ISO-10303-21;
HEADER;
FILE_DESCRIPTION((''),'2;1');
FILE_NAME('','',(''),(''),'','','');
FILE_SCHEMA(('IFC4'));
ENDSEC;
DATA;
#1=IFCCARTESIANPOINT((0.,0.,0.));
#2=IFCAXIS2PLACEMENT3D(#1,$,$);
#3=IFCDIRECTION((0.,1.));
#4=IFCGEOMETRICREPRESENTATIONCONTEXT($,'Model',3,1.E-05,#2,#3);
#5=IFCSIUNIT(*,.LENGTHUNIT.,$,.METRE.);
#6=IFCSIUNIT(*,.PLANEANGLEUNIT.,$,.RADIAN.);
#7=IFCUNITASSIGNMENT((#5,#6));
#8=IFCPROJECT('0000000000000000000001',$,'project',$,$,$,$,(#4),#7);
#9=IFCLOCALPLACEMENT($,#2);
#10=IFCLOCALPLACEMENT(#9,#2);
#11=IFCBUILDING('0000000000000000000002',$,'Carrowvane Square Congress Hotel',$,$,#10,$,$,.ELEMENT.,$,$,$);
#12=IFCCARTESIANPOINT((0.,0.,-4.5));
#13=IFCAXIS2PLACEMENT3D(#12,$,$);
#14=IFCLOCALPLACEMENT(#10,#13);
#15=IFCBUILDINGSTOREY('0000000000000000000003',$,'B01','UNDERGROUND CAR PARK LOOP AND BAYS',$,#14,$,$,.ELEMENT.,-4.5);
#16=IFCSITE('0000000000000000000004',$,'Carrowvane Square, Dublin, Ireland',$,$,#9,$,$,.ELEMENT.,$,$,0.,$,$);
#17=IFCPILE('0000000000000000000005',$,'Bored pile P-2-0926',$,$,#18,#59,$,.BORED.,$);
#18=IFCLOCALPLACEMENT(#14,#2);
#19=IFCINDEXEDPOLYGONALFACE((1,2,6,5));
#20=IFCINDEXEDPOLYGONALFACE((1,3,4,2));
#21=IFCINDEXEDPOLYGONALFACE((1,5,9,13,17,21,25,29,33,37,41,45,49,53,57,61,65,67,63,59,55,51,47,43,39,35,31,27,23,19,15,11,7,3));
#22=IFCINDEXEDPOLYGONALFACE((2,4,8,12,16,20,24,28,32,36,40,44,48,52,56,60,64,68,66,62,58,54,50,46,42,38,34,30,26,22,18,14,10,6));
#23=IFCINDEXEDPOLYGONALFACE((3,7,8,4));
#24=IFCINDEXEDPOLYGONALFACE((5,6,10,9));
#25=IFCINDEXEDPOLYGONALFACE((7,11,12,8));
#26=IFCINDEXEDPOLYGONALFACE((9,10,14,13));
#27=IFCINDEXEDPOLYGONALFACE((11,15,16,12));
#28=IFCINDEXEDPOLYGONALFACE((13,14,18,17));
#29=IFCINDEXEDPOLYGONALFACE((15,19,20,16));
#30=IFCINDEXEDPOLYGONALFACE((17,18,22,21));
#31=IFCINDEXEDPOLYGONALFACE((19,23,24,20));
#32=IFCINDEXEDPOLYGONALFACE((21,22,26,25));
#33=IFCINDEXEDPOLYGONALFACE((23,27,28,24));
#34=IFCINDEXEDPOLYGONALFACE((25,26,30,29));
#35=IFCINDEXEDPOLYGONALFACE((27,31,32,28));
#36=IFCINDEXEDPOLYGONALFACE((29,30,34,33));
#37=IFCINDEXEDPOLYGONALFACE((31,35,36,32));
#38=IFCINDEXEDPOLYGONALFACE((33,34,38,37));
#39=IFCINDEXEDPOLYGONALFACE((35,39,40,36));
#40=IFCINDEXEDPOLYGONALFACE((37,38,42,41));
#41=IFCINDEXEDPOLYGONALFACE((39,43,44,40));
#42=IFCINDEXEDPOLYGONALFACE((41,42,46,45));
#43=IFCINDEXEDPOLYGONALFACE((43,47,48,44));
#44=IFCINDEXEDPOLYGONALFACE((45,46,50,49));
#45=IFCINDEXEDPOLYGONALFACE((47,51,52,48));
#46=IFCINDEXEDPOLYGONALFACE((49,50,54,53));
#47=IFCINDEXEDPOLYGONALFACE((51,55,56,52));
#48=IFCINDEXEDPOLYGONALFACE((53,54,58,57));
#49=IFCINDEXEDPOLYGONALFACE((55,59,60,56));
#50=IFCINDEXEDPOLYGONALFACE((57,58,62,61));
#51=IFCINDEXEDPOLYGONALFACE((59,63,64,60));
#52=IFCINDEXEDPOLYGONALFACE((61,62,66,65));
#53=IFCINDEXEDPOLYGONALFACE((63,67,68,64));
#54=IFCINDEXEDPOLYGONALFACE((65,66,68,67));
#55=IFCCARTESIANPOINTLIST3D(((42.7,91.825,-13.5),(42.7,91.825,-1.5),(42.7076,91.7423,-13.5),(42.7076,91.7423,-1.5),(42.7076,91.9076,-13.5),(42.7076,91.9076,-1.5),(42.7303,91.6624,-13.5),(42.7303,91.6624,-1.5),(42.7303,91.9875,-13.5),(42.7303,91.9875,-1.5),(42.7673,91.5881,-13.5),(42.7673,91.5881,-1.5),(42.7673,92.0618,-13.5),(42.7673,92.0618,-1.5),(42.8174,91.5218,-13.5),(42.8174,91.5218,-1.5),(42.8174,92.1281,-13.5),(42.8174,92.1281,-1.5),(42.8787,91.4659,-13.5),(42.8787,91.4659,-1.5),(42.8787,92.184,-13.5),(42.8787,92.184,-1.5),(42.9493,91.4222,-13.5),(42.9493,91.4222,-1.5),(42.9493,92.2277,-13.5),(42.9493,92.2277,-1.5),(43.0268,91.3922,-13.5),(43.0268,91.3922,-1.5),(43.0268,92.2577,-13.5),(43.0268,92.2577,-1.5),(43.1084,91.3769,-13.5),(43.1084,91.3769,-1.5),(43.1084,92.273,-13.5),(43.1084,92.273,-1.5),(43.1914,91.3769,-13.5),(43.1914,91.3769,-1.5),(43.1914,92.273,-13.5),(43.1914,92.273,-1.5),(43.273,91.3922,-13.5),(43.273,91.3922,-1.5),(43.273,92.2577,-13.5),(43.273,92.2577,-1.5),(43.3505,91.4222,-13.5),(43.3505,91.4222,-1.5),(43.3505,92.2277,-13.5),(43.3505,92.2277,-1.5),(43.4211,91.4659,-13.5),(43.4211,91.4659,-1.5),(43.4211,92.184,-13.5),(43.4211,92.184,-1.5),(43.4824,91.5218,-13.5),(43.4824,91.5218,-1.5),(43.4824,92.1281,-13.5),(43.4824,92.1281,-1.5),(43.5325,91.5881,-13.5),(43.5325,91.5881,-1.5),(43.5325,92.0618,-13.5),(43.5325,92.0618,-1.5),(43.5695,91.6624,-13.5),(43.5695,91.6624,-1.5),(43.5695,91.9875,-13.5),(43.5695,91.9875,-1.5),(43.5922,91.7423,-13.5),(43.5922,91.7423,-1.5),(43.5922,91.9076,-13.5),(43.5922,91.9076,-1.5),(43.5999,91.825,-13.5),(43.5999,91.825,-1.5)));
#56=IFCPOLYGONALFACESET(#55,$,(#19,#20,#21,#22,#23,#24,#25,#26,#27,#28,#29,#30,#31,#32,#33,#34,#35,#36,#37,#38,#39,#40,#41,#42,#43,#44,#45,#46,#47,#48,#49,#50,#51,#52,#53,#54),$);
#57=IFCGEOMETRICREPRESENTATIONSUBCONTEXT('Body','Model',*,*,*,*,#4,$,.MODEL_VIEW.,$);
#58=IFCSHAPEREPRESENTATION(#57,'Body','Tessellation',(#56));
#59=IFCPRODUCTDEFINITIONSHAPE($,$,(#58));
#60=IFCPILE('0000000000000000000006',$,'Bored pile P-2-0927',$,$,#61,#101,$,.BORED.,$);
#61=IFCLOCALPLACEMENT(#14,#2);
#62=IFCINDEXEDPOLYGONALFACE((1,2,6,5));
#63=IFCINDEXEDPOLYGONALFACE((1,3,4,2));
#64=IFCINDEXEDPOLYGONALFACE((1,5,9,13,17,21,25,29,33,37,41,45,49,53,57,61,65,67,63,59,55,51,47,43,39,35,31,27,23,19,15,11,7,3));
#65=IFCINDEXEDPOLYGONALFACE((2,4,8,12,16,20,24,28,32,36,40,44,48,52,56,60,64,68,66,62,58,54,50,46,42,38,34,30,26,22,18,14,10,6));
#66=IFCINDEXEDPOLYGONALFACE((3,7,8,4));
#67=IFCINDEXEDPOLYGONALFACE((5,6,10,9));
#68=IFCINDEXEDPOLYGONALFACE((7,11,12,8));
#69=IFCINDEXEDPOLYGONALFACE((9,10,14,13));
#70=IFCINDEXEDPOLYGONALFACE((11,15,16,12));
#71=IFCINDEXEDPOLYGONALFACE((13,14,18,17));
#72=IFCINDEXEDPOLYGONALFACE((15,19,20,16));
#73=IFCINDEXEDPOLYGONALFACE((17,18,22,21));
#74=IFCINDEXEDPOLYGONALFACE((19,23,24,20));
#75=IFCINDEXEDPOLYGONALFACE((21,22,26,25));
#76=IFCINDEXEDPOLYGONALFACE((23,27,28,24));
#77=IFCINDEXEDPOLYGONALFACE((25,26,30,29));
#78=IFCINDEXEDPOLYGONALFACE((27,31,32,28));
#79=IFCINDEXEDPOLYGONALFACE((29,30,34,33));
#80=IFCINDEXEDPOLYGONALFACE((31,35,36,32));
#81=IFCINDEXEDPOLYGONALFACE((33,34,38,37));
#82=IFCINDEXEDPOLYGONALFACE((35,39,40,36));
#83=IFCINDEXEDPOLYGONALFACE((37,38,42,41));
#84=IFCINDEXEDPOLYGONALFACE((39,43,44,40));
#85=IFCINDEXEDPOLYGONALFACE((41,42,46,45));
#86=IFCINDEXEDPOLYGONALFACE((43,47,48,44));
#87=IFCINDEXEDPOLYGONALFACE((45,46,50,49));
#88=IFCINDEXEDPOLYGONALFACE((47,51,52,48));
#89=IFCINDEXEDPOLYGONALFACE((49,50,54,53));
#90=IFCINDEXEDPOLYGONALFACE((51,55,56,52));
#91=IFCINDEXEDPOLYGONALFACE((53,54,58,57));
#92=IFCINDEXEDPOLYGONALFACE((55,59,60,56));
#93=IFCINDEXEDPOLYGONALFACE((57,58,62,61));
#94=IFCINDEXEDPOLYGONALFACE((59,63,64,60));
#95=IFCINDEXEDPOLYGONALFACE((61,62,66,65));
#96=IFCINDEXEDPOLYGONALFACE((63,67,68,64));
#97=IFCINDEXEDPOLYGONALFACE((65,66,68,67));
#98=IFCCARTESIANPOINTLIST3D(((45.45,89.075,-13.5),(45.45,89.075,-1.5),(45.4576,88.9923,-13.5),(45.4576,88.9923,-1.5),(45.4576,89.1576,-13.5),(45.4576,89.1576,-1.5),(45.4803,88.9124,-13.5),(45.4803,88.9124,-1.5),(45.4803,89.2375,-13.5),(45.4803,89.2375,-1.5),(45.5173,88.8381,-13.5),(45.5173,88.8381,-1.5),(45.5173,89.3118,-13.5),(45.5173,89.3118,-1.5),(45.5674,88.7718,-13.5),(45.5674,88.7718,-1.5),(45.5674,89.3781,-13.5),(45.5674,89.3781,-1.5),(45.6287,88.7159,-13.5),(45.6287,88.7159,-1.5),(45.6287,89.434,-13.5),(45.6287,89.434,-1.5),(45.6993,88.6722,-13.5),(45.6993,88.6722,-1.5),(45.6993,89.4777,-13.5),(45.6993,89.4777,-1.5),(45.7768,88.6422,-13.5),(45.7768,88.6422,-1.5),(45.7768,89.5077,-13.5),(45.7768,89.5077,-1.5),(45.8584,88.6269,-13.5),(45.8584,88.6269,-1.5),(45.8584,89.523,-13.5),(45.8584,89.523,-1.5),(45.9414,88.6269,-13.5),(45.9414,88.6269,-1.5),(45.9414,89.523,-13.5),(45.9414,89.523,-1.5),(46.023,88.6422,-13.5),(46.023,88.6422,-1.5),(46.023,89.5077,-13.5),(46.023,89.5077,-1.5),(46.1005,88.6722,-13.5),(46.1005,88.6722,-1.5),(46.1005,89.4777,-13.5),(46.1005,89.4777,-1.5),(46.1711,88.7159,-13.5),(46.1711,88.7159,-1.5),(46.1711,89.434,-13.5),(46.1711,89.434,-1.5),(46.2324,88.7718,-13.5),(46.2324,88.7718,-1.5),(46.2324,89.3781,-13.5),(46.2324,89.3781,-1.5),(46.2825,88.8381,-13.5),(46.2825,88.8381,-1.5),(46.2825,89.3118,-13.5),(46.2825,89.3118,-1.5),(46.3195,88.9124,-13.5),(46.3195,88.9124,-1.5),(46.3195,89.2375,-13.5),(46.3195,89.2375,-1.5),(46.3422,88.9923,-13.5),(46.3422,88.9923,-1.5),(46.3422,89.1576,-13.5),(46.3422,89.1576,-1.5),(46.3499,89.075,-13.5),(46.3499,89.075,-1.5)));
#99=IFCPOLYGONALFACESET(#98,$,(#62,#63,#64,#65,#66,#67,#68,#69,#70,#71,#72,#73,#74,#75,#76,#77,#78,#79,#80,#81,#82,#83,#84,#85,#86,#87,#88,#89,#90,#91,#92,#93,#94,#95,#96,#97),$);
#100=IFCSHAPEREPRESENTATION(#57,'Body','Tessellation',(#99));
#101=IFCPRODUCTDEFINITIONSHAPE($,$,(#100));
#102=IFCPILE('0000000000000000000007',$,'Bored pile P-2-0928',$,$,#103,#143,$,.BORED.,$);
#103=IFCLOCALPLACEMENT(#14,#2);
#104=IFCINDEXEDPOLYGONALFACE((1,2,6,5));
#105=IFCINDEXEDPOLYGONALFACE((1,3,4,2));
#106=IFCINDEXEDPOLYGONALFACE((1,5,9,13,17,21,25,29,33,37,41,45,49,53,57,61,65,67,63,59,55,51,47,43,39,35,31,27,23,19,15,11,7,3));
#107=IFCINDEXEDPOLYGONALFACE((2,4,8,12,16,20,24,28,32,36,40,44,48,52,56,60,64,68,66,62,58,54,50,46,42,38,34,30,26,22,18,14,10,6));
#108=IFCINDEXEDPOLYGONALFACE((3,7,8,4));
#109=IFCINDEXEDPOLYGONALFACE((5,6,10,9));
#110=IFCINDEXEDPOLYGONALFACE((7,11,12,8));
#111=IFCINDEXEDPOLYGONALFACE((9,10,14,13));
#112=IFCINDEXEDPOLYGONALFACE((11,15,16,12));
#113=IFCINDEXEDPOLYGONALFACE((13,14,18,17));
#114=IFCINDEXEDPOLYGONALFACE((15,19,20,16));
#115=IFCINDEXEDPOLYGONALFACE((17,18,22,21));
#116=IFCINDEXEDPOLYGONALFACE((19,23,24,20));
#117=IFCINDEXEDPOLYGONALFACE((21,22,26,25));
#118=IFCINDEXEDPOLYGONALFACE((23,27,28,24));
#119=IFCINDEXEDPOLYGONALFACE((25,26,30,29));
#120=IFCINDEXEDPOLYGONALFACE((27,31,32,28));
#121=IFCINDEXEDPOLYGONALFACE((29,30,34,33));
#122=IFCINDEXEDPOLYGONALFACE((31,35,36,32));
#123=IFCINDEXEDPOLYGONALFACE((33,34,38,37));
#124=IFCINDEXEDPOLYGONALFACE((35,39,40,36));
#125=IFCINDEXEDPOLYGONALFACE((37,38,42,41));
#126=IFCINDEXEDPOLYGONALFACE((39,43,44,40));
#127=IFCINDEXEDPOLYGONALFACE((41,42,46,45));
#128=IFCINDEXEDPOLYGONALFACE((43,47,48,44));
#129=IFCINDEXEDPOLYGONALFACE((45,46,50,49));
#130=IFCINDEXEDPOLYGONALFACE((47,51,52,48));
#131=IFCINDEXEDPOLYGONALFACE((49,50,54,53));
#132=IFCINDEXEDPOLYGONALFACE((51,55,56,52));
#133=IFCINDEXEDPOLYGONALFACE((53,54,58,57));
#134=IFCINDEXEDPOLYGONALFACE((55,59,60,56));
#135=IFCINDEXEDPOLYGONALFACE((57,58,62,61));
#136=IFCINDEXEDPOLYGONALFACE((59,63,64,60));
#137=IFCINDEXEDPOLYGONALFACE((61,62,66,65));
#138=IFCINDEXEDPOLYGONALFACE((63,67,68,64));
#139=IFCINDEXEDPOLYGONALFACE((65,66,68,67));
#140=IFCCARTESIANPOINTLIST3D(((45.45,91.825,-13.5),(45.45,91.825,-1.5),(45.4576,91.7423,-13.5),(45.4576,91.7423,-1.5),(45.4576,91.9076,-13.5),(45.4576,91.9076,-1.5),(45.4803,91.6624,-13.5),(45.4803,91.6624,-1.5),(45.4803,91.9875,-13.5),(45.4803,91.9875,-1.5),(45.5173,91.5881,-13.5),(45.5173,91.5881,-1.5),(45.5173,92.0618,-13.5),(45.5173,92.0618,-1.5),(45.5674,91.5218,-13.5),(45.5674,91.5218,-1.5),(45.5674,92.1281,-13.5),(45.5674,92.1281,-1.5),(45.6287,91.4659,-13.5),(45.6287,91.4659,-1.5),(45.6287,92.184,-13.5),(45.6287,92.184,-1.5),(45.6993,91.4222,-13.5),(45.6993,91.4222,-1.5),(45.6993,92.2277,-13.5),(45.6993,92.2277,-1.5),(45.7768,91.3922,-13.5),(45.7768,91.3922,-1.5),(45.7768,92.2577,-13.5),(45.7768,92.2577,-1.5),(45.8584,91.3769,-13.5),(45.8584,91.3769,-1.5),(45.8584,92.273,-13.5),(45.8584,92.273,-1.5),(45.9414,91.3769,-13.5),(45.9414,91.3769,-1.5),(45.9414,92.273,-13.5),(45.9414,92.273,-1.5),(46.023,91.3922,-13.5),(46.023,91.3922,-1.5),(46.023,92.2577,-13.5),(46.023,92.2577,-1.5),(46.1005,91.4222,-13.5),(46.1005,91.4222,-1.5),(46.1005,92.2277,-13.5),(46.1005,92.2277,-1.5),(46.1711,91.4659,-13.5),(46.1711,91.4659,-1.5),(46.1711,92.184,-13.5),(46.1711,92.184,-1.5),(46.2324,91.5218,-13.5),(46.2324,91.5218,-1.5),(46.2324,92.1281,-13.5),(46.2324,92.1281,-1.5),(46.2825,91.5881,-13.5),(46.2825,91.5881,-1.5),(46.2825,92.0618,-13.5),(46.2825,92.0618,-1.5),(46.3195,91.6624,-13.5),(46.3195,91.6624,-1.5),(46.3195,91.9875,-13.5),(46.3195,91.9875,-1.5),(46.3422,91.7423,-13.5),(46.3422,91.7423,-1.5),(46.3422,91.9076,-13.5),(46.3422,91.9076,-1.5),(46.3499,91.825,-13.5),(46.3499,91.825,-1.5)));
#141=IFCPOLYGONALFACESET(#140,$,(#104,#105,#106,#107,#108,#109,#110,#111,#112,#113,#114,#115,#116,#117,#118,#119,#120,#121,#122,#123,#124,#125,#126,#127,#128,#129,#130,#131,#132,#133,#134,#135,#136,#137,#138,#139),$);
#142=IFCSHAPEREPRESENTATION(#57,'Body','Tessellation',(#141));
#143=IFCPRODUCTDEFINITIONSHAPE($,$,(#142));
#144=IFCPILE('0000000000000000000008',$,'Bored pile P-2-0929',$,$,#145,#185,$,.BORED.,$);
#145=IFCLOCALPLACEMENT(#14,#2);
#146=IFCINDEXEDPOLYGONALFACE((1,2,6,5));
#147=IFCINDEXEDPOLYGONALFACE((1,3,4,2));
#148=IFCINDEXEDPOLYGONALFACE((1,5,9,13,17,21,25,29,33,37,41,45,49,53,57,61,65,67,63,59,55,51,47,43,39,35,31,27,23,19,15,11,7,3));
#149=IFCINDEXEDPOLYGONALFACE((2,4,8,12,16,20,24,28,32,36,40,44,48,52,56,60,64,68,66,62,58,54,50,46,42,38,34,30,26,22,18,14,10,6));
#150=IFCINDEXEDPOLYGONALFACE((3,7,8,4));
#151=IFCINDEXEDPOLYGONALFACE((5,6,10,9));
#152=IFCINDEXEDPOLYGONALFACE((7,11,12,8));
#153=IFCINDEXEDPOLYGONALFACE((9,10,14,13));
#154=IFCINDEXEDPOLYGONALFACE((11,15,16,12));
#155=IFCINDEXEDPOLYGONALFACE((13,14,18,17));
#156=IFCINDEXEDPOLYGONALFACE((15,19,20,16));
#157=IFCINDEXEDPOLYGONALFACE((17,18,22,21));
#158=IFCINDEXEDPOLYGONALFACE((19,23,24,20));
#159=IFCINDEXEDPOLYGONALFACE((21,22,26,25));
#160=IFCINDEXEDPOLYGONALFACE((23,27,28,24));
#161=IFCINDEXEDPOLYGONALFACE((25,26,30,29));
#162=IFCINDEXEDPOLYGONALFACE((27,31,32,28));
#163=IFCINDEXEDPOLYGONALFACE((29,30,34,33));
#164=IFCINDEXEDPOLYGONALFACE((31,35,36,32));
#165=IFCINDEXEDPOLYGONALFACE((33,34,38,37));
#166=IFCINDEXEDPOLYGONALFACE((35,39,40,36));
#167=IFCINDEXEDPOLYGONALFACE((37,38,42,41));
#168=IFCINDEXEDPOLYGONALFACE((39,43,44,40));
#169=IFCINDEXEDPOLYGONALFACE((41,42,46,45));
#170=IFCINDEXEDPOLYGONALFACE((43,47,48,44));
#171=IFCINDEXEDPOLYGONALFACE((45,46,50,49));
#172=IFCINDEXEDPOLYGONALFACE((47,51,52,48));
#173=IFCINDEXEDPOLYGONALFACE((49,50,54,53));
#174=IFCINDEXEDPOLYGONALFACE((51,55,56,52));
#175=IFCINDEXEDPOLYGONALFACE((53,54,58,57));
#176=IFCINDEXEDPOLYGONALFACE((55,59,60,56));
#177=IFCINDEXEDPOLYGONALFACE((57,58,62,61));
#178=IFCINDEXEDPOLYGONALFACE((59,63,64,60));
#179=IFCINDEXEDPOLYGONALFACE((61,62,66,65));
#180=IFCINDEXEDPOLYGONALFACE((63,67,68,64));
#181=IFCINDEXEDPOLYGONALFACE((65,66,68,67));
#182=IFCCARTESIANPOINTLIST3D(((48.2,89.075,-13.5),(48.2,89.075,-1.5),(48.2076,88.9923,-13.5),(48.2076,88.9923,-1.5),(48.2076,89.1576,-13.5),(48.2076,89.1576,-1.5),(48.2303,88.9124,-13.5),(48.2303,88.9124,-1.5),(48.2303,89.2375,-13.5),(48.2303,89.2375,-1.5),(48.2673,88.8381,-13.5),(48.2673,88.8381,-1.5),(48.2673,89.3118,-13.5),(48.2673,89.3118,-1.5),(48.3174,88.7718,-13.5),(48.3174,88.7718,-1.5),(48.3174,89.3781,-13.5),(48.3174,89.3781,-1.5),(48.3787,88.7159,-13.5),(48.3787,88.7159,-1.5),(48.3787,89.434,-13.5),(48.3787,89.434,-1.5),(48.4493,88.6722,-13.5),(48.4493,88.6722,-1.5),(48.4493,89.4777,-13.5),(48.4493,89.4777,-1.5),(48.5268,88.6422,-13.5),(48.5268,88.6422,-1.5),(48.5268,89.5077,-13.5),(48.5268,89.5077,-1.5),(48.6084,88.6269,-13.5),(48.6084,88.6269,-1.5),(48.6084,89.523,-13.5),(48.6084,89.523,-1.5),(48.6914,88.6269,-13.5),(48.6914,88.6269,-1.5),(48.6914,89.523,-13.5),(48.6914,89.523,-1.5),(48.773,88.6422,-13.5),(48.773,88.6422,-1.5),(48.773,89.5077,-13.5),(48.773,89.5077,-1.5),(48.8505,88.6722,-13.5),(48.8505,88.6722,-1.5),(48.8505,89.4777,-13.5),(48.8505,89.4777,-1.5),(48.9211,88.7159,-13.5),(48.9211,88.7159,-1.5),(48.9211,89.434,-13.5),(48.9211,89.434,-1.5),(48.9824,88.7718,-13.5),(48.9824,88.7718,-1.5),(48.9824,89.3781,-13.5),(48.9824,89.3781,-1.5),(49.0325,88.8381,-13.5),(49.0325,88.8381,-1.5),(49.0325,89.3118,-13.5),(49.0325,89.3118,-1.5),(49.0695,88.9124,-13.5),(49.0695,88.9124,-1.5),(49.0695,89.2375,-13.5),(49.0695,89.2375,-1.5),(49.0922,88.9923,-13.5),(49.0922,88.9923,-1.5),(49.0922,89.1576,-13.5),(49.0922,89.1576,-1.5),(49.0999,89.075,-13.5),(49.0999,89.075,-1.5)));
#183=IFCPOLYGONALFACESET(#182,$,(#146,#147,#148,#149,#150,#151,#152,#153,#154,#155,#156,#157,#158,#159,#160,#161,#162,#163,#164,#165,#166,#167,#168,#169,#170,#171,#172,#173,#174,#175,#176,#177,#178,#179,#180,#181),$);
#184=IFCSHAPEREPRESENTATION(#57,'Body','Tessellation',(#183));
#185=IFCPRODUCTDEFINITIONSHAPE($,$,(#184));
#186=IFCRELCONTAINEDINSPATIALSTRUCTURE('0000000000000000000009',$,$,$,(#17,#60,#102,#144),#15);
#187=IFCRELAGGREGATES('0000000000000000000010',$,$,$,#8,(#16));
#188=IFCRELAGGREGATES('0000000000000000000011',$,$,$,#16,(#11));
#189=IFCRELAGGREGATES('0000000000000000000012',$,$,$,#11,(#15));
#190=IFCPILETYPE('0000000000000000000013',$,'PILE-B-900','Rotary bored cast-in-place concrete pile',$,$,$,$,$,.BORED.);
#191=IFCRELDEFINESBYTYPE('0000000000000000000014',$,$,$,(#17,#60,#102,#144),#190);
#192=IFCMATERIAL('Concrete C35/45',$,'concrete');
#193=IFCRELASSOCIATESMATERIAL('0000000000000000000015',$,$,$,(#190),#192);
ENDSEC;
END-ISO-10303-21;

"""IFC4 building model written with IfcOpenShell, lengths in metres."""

from ifc_helpers import new_model, si_unit, direction, frame, origin, origin_2d, place, context, subcontext, project, spatial, circle, extrude, material, material_profile, profile_set, type_object, element, save


model = new_model("IFC4")

# Units and contexts
model_context = context("Model", 3, precision=1e-05, world=origin(), true_north=direction((0.0, 1.0)))
body_context = subcontext(model_context, "Body", "Model", "MODEL_VIEW")
ifc_project = project(units=[si_unit("LENGTHUNIT", "METRE"), si_unit("PLANEANGLEUNIT", "RADIAN")], contexts=[model_context])

# Site, building, storey
site_placement = place(None, origin())
site = spatial("IfcSite", under=ifc_project, at=site_placement, Name="Carrowvane Square, Dublin, Ireland", CompositionType="ELEMENT", RefElevation=0.0)
building_placement = place(site_placement, origin())
building = spatial("IfcBuilding", under=site, at=building_placement, Name="Carrowvane Square Congress Hotel", CompositionType="ELEMENT")
storey_placement = place(building_placement, frame((0.0, 0.0, -4.5)))
storey = spatial("IfcBuildingStorey", under=building, at=storey_placement, Name="B01", Description="UNDERGROUND CAR PARK LOOP AND BAYS", CompositionType="ELEMENT", Elevation=-4.5)

# Piles
ifc_material_1 = material(Name="Concrete C35/45", Category="concrete")
ifc_material_profile_1 = material_profile(ifc_material_1, circle(Radius=0.45, at=origin_2d()), Name="PILE D900")
ifc_profile_set_1 = profile_set([ifc_material_profile_1], Name="Concrete C35/45")
pile_type_1 = type_object("IfcPileType", Name="PILE-B-900", Description="Rotary bored cast-in-place concrete pile", PredefinedType="BORED", material=ifc_profile_set_1)
for number, where, z_axis, x_axis, name in (
    (1, (43.1499, 91.825, -1.5), (0.0, 0.0, -1.0), (1.0, 0.0, 0.0), "Bored pile P-2-0926"),
    (2, (45.8999, 89.075, -1.5), (0.0, 0.0, -1.0), (1.0, 0.0, 0.0), "Bored pile P-2-0927"),
    (3, (45.8999, 91.825, -1.5), (0.0, 0.0, -1.0), (1.0, 0.0, 0.0), "Bored pile P-2-0928"),
    (4, (48.6499, 89.075, -1.5), (0.0, 0.0, -1.0), (1.0, 0.0, 0.0), "Bored pile P-2-0929"),
):
    element("IfcPile", number, at=place(storey_placement, frame(where, z_axis=z_axis, x_axis=x_axis)), inside=storey, type_object=pile_type_1, Name=name, PredefinedType="BORED", context=body_context, shape_type="SweptSolid", body=[
        extrude(circle(Radius=0.45, at=origin_2d()), origin(), (0.0, 0.0, 1.0), 12.0),
    ])

save(model, "model.ifc")
